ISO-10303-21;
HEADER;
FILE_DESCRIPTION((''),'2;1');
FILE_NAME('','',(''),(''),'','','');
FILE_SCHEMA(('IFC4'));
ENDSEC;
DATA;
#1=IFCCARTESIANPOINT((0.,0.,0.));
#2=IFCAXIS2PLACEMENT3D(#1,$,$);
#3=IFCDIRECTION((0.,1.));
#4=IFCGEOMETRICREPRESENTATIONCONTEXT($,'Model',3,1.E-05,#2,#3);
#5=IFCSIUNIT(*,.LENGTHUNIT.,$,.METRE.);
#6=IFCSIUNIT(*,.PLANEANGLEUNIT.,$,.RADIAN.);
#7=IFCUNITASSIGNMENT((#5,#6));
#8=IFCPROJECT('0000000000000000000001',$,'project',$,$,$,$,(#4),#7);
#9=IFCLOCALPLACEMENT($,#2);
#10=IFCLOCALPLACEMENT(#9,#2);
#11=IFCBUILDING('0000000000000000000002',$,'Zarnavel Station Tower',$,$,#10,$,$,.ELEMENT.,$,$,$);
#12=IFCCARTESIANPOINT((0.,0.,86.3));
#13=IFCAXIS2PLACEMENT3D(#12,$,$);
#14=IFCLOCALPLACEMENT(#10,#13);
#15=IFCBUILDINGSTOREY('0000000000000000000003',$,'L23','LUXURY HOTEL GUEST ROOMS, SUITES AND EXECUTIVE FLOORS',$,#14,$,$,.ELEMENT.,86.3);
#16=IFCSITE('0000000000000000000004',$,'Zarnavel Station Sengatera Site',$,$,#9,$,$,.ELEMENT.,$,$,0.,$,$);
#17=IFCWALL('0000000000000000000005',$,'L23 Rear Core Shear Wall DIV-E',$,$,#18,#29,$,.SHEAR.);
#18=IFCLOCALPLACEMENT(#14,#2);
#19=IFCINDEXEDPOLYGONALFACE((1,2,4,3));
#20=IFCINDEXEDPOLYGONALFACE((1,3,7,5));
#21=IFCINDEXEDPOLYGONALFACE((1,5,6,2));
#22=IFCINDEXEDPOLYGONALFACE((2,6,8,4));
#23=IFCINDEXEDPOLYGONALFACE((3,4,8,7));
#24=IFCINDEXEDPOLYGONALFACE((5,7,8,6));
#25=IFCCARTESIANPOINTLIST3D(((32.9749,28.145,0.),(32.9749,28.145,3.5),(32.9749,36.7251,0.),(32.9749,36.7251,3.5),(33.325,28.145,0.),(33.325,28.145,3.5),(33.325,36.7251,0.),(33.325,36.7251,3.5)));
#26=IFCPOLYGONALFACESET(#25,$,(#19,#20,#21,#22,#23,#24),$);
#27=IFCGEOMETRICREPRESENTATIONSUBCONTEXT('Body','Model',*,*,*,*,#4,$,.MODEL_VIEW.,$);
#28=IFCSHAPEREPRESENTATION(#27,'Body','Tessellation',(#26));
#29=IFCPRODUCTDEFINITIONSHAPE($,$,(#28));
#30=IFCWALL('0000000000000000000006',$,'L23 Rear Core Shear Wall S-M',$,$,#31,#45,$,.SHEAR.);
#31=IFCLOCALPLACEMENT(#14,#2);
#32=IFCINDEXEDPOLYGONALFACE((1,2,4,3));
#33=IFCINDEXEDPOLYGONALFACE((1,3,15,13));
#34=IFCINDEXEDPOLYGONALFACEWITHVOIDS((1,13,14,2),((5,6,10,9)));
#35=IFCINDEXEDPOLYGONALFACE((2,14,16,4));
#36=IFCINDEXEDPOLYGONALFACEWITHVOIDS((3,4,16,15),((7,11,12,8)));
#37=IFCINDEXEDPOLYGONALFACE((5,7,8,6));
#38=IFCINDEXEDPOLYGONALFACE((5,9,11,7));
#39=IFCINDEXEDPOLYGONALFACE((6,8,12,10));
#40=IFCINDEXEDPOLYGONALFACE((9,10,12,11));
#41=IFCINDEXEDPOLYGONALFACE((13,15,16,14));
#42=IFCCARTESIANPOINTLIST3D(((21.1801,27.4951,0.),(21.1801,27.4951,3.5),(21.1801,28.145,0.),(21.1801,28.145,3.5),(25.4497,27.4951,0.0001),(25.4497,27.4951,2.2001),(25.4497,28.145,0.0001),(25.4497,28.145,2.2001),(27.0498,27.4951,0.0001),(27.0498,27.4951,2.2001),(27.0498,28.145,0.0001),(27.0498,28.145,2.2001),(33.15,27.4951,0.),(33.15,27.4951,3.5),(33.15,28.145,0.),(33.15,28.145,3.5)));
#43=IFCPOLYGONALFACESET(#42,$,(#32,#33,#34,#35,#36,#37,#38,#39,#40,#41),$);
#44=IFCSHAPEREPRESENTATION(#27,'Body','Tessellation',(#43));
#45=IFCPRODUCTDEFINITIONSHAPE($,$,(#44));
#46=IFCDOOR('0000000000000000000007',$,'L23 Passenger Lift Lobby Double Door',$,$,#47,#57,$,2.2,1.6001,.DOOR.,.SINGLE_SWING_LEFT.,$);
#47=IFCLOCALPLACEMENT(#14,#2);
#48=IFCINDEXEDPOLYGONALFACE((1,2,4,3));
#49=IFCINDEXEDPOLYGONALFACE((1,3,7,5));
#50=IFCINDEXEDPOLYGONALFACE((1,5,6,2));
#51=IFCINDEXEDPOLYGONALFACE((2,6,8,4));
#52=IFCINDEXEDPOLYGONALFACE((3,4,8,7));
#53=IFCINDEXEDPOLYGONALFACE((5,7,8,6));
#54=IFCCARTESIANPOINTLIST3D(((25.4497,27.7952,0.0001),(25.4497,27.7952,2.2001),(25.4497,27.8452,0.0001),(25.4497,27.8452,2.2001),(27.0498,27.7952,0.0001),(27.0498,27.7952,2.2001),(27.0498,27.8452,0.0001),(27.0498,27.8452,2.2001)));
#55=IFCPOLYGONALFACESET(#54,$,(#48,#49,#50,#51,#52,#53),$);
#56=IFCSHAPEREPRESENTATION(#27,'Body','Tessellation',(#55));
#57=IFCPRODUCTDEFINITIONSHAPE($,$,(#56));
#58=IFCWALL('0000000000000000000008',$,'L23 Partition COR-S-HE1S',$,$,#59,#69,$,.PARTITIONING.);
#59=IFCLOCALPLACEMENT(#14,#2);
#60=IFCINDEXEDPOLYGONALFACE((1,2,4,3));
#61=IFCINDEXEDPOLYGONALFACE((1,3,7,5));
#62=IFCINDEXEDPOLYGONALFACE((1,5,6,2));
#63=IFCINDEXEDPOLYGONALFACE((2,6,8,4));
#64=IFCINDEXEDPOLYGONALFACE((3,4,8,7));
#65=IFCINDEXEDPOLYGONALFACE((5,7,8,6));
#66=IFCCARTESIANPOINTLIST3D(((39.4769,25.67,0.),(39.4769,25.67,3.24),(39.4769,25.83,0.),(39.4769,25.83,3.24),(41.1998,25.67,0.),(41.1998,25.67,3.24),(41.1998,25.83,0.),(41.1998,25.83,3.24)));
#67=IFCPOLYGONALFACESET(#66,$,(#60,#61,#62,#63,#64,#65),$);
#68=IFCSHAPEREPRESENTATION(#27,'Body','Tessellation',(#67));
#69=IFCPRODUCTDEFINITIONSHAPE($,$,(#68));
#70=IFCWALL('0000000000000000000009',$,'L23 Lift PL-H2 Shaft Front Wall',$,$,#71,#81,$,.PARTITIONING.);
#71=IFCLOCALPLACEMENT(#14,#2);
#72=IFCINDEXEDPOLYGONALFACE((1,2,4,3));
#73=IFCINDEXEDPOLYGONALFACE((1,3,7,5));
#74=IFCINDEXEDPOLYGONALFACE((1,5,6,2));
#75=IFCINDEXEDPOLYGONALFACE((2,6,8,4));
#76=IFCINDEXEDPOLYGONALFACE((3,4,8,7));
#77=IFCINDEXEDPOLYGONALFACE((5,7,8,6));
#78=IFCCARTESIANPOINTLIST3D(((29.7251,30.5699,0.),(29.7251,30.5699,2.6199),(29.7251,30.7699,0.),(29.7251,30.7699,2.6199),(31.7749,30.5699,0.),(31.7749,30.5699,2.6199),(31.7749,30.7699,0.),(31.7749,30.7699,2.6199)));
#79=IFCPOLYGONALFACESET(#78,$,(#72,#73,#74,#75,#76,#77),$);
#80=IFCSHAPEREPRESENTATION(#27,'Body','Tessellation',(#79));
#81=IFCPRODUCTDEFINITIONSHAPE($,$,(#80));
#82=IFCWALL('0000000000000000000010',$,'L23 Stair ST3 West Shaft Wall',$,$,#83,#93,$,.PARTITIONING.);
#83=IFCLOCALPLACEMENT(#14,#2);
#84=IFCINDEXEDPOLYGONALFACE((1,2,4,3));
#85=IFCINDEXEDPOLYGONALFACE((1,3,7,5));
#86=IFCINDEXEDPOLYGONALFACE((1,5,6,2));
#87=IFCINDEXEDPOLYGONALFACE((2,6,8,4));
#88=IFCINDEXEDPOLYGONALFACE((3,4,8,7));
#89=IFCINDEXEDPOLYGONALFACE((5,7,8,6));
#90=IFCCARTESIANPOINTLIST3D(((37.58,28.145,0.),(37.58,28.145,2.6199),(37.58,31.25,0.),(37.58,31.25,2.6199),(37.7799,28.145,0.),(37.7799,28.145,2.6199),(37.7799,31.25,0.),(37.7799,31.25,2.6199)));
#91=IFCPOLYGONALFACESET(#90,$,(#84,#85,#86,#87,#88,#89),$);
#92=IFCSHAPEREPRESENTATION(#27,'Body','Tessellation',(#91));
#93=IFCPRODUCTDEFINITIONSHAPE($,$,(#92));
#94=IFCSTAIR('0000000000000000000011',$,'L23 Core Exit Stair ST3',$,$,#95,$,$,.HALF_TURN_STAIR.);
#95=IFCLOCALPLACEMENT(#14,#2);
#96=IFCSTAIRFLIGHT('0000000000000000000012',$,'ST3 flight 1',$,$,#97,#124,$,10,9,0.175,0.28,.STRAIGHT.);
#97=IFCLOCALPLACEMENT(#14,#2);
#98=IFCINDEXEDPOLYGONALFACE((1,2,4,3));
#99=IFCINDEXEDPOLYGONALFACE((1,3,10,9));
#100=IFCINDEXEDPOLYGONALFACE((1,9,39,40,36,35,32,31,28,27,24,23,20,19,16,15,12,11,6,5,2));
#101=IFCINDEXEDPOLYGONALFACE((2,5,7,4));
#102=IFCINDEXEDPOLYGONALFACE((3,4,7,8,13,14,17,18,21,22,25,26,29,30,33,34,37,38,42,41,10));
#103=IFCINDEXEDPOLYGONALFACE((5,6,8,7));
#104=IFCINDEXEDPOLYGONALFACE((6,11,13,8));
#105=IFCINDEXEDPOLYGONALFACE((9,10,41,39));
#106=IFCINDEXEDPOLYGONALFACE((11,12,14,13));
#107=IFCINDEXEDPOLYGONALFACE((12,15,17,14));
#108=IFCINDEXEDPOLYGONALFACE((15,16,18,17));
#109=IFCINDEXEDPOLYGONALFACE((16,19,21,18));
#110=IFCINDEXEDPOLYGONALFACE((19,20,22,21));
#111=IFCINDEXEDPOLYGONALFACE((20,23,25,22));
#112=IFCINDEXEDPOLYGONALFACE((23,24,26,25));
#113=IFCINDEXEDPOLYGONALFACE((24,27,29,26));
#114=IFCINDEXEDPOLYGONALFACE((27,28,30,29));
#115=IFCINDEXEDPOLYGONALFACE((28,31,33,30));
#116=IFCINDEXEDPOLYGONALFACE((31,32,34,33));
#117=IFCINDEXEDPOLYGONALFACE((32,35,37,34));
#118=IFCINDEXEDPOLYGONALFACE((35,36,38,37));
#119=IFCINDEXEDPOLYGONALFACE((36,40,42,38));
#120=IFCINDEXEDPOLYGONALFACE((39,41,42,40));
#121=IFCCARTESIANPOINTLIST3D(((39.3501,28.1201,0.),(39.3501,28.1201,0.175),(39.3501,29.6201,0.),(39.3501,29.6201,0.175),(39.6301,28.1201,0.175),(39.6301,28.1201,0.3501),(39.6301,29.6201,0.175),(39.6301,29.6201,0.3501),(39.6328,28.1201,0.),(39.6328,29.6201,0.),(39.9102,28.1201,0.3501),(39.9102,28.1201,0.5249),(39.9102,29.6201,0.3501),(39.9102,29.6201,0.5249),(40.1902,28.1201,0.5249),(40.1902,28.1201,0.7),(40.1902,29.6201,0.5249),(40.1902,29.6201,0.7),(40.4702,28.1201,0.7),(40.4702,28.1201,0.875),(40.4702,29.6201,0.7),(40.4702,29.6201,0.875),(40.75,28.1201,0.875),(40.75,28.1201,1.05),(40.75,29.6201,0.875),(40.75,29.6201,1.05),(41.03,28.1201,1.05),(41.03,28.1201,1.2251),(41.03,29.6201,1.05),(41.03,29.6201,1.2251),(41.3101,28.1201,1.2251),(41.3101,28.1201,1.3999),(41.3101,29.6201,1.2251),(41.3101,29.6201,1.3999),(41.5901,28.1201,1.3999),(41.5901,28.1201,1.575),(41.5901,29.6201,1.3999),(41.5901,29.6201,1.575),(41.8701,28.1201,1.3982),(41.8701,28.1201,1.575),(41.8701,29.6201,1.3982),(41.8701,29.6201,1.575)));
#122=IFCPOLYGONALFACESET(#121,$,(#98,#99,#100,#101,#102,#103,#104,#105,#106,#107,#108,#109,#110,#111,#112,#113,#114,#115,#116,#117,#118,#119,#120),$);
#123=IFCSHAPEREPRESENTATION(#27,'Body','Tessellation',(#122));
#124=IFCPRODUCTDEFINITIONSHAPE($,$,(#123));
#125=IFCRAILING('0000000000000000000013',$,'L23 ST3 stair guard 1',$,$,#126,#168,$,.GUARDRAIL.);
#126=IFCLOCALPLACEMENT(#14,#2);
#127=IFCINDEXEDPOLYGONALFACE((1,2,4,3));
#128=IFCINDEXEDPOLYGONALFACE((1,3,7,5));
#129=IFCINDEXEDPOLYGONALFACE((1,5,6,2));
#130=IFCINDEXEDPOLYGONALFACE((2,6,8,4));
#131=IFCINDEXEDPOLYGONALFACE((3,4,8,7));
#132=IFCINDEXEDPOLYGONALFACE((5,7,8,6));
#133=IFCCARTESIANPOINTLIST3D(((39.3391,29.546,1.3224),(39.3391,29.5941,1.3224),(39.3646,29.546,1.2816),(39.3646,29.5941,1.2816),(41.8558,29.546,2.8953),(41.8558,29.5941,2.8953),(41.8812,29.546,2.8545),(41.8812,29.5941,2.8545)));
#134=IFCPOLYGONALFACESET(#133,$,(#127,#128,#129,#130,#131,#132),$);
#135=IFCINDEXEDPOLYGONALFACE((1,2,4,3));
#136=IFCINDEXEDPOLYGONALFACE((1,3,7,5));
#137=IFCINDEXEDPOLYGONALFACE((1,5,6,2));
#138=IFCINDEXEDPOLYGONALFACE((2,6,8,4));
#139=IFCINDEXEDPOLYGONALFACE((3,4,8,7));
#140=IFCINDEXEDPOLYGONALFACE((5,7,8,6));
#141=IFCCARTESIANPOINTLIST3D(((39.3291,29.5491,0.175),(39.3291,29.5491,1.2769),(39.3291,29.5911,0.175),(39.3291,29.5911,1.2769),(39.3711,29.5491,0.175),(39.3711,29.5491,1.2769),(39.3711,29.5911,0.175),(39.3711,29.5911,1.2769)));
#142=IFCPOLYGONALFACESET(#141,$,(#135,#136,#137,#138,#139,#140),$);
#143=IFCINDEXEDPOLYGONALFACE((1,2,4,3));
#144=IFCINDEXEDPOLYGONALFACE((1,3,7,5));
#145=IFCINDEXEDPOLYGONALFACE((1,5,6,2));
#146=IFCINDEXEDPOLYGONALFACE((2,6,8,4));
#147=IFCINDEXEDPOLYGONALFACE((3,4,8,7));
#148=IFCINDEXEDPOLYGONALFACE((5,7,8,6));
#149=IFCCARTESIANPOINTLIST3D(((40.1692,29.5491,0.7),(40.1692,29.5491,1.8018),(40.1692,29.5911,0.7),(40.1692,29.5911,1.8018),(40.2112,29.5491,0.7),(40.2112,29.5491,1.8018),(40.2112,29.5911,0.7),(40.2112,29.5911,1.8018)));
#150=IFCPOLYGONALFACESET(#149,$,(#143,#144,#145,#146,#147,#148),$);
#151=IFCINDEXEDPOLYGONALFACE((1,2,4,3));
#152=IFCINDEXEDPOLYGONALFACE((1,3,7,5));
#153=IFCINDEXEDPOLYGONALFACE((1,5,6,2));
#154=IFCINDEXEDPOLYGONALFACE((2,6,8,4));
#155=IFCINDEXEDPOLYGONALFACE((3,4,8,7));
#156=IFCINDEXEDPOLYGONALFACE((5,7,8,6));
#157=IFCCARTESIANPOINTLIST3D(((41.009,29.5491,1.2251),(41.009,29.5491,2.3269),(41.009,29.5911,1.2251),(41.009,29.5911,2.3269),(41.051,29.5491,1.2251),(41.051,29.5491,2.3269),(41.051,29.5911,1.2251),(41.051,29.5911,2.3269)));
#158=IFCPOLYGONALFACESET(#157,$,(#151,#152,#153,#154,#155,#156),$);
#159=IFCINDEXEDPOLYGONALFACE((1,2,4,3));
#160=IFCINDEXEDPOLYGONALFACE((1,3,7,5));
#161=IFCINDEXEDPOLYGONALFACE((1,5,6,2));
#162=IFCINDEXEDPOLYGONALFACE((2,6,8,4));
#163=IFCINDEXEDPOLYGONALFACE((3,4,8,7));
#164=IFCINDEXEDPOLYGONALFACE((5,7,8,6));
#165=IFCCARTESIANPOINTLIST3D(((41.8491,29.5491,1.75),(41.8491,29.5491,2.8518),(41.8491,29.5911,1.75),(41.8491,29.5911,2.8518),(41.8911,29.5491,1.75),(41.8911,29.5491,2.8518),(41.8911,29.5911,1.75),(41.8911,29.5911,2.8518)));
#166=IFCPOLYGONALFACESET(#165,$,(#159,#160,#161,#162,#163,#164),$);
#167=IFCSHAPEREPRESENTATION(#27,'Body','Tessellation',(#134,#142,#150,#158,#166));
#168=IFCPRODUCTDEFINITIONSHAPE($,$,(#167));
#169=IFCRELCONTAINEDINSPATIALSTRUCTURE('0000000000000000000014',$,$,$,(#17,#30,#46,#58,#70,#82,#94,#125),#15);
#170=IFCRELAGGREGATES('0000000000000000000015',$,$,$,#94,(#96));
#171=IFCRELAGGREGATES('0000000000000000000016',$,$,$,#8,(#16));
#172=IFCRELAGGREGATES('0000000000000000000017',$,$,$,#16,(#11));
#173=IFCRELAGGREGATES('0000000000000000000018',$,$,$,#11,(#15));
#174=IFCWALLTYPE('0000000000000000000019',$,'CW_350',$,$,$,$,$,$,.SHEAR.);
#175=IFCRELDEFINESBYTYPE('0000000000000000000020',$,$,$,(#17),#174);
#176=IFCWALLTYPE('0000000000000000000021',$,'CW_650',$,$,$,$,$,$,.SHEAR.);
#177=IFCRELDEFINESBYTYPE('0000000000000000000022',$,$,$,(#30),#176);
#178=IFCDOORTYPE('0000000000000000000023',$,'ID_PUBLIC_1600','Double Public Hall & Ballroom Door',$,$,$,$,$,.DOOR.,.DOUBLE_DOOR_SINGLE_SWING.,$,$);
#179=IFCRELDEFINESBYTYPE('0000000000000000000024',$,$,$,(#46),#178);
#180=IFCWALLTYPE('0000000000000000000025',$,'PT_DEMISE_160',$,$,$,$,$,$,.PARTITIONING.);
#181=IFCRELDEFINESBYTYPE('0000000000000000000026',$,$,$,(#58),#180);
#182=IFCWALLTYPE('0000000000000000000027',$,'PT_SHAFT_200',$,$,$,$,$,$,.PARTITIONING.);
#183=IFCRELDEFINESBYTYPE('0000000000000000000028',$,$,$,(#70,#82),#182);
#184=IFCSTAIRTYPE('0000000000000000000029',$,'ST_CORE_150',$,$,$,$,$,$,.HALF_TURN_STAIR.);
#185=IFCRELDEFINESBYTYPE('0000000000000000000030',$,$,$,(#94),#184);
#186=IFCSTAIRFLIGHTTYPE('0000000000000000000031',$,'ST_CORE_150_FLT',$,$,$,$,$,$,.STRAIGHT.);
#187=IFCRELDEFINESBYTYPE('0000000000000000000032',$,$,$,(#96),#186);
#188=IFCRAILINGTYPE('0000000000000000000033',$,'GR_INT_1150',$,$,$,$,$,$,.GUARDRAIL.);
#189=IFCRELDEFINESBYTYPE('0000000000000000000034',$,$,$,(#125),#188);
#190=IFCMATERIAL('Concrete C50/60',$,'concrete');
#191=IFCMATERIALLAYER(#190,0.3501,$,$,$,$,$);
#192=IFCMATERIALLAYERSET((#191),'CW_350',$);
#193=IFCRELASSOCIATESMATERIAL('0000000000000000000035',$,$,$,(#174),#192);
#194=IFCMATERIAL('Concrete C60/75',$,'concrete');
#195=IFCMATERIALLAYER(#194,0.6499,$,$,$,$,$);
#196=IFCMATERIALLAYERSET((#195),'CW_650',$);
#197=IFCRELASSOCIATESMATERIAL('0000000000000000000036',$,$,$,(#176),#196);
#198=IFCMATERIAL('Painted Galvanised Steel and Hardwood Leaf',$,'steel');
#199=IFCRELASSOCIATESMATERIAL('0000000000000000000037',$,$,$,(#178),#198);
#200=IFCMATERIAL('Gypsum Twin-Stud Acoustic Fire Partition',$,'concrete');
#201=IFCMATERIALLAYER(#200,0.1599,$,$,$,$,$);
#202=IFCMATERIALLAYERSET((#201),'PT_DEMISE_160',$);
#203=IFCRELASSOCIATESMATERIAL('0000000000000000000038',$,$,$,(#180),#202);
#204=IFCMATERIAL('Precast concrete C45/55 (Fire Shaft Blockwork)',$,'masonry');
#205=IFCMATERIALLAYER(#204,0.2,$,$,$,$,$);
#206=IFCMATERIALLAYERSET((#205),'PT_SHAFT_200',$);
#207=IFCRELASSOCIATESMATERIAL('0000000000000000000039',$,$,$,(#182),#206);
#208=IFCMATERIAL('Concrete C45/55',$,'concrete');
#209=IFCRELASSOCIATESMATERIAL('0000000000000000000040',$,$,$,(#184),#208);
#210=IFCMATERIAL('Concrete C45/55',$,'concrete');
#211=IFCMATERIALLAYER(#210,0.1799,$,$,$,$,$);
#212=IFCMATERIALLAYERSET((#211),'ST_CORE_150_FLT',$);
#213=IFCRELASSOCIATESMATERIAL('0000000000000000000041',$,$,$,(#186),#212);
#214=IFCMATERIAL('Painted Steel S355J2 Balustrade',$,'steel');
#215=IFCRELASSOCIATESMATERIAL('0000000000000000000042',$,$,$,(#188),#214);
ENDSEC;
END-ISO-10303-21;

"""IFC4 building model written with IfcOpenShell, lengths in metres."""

from ifc_helpers import new_model, si_unit, direction, frame, frame_2d, origin, origin_2d, place, context, subcontext, project, spatial, polyline, rectangle, outline, extrude, material, layer, layer_set, type_object, element, fill, aggregate, save


model = new_model("IFC4")

# Units and contexts
model_context = context("Model", 3, precision=1e-05, world=origin(), true_north=direction((0.0, 1.0)))
body_context = subcontext(model_context, "Body", "Model", "MODEL_VIEW")
ifc_project = project(units=[si_unit("LENGTHUNIT", "METRE"), si_unit("PLANEANGLEUNIT", "RADIAN")], contexts=[model_context])

# Site, building, storey
site_placement = place(None, origin())
site = spatial("IfcSite", under=ifc_project, at=site_placement, Name="Zarnavel Station Sengatera Site", CompositionType="ELEMENT", RefElevation=0.0)
building_placement = place(site_placement, origin())
building = spatial("IfcBuilding", under=site, at=building_placement, Name="Zarnavel Station Tower", CompositionType="ELEMENT")
storey_placement = place(building_placement, frame((0.0, 0.0, 86.3)))
storey = spatial("IfcBuildingStorey", under=building, at=storey_placement, Name="L23", Description="LUXURY HOTEL GUEST ROOMS, SUITES AND EXECUTIVE FLOORS", CompositionType="ELEMENT", Elevation=86.3)

# Wall
ifc_material_1 = material(Name="Concrete C50/60", Category="concrete")
ifc_layer_1 = layer(ifc_material_1, 0.3501)
ifc_layer_set_1 = layer_set([ifc_layer_1], Name="CW_350")
wall_type_1 = type_object("IfcWallType", Name="CW_350", PredefinedType="SHEAR", material=ifc_layer_set_1)
wall_1_placement = place(storey_placement, frame((33.1499, 28.145, 0.0), z_axis=(0.0, 0.0, 1.0), x_axis=(0.0, 1.0, 0.0)))
element("IfcWall", 1, at=wall_1_placement, inside=storey, type_object=wall_type_1, Name="L23 Rear Core Shear Wall DIV-E", PredefinedType="SHEAR", context=body_context, shape_type="SweptSolid", body=[
    extrude(rectangle(XDim=8.5801, YDim=0.3501, at=frame_2d((4.29, 0.0))), origin(), (0.0, 0.0, 1.0), 3.5),
])

# Wall, opening, door
ifc_material_2 = material(Name="Concrete C60/75", Category="concrete")
ifc_layer_2 = layer(ifc_material_2, 0.6499)
ifc_layer_set_2 = layer_set([ifc_layer_2], Name="CW_650")
wall_type_2 = type_object("IfcWallType", Name="CW_650", PredefinedType="SHEAR", material=ifc_layer_set_2)
wall_2_placement = place(storey_placement, frame((33.1499, 27.8201, 0.0), z_axis=(0.0, 0.0, 1.0), x_axis=(-1.0, 0.0, 0.0)))
wall_2 = element("IfcWall", 2, at=wall_2_placement, inside=storey, type_object=wall_type_2, Name="L23 Rear Core Shear Wall S-M", PredefinedType="SHEAR", context=body_context, shape_type="SweptSolid", body=[
    extrude(rectangle(XDim=11.97, YDim=0.6499, at=frame_2d((5.9849, 0.0))), origin(), (0.0, 0.0, 1.0), 3.5),
])
opening_1_placement = place(wall_2_placement, frame((6.1001, 0.0, 0.0)))
opening_1 = element("IfcOpeningElement", 3, at=opening_1_placement, cuts=wall_2, PredefinedType="OPENING", context=body_context, shape_type="SweptSolid", body=[
    extrude(rectangle(XDim=1.6001, YDim=2.2, at=frame_2d((0.8, 1.1001))), frame((0.0, 0.335, 0.0), z_axis=(0.0, -1.0, 0.0), x_axis=(1.0, 0.0, 0.0)), (0.0, 0.0, 1.0), 0.6699),
])
ifc_material_3 = material(Name="Painted Galvanised Steel and Hardwood Leaf", Category="steel")
door_type_1 = type_object("IfcDoorType", Name="ID_PUBLIC_1600", Description="Double Public Hall & Ballroom Door", OperationType="DOUBLE_DOOR_SINGLE_SWING", PredefinedType="DOOR", material=ifc_material_3)
door_1_placement = place(opening_1_placement, origin())
door_1 = element("IfcDoor", 4, at=door_1_placement, inside=storey, type_object=door_type_1, Name="L23 Passenger Lift Lobby Double Door", OperationType="SINGLE_SWING_LEFT", OverallHeight=2.2, OverallWidth=1.6001, PredefinedType="DOOR", context=body_context, shape_type="SweptSolid", body=[
    extrude(rectangle(XDim=1.6001, YDim=2.2, at=frame_2d((0.8, 1.1001))), frame((0.0, 0.0249, 0.0), z_axis=(0.0, -1.0, 0.0), x_axis=(1.0, 0.0, 0.0)), (0.0, 0.0, 1.0), 0.05),
])
fill(opening_1, door_1)
ifc_material_4 = material(Name="Gypsum Twin-Stud Acoustic Fire Partition", Category="concrete")
ifc_layer_3 = layer(ifc_material_4, 0.1599)
ifc_layer_set_3 = layer_set([ifc_layer_3], Name="PT_DEMISE_160")
wall_type_3 = type_object("IfcWallType", Name="PT_DEMISE_160", PredefinedType="PARTITIONING", material=ifc_layer_set_3)

# Walls
wall_3_placement = place(storey_placement, frame((39.4771, 25.75, 0.0), z_axis=(0.0, 0.0, 1.0), x_axis=(1.0, 0.0, 0.0)))
element("IfcWall", 5, at=wall_3_placement, inside=storey, type_object=wall_type_3, Name="L23 Partition COR-S-HE1S", PredefinedType="PARTITIONING", context=body_context, shape_type="SweptSolid", body=[
    extrude(rectangle(XDim=1.7229, YDim=0.1599, at=frame_2d((0.8613, 0.0))), origin(), (0.0, 0.0, 1.0), 3.24),
])
ifc_material_5 = material(Name="Precast concrete C45/55 (Fire Shaft Blockwork)", Category="masonry")
ifc_layer_4 = layer(ifc_material_5, 0.2)
ifc_layer_set_4 = layer_set([ifc_layer_4], Name="PT_SHAFT_200")
wall_type_4 = type_object("IfcWallType", Name="PT_SHAFT_200", PredefinedType="PARTITIONING", material=ifc_layer_set_4)
wall_4_placement = place(storey_placement, frame((29.7251, 30.6699, 0.0), z_axis=(0.0, 0.0, 1.0), x_axis=(1.0, 0.0, 0.0)))
element("IfcWall", 6, at=wall_4_placement, inside=storey, type_object=wall_type_4, Name="L23 Lift PL-H2 Shaft Front Wall", PredefinedType="PARTITIONING", context=body_context, shape_type="SweptSolid", body=[
    extrude(rectangle(XDim=2.0498, YDim=0.2, at=frame_2d((1.0249, 0.0))), origin(), (0.0, 0.0, 1.0), 2.6199),
])
wall_5_placement = place(storey_placement, frame((37.6799, 28.145, 0.0), z_axis=(0.0, 0.0, 1.0), x_axis=(0.0, 1.0, 0.0)))
element("IfcWall", 7, at=wall_5_placement, inside=storey, type_object=wall_type_4, Name="L23 Stair ST3 West Shaft Wall", PredefinedType="PARTITIONING", context=body_context, shape_type="SweptSolid", body=[
    extrude(rectangle(XDim=3.105, YDim=0.2, at=frame_2d((1.5525, 0.0))), origin(), (0.0, 0.0, 1.0), 2.6199),
])

# Stair, stair flight
ifc_material_6 = material(Name="Concrete C45/55", Category="concrete")
stair_type = type_object("IfcStairType", Name="ST_CORE_150", PredefinedType="HALF_TURN_STAIR", material=ifc_material_6)
stair_placement = place(storey_placement, origin())
stair = element("IfcStair", 8, at=stair_placement, inside=storey, type_object=stair_type, Name="L23 Core Exit Stair ST3", PredefinedType="HALF_TURN_STAIR")
ifc_material_7 = material(Name="Concrete C45/55", Category="concrete")
ifc_layer_5 = layer(ifc_material_7, 0.1799)
ifc_layer_set_5 = layer_set([ifc_layer_5], Name="ST_CORE_150_FLT")
stair_flight_type = type_object("IfcStairFlightType", Name="ST_CORE_150_FLT", PredefinedType="STRAIGHT", material=ifc_layer_set_5)
stair_flight_placement = place(storey_placement, frame((39.3501, 28.8701, 0.0), z_axis=(0.0, 0.0, 1.0), x_axis=(1.0, 0.0, 0.0)))
stair_flight = element("IfcStairFlight", 9, at=stair_flight_placement, type_object=stair_flight_type, Name="ST3 flight 1", NumberOfRisers=10, NumberOfTreads=9, PredefinedType="STRAIGHT", RiserHeight=0.175, TreadLength=0.28, context=body_context, shape_type="SweptSolid", body=[
    extrude(outline(polyline([(0.0, 0.0), (0.0, 0.175), (0.28, 0.175), (0.28, 0.3501), (0.5601, 0.3501), (0.5601, 0.5249), (0.8401, 0.5249), (0.8401, 0.7), (1.1201, 0.7), (1.1201, 0.875), (1.3999, 0.875), (1.3999, 1.05), (1.6799, 1.05), (1.6799, 1.2251), (1.96, 1.2251), (1.96, 1.3999), (2.24, 1.3999), (2.24, 1.575), (2.52, 1.575), (2.52, 1.75), (2.52, 1.3982), (0.2827, 0.0), (0.0, 0.0)])), frame((0.0, 0.75, 0.0), z_axis=(0.0, -1.0, 0.0), x_axis=(1.0, 0.0, 0.0)), (0.0, 0.0, 1.0), 1.5),
])
aggregate(stair, [stair_flight])

# Railing
ifc_material_8 = material(Name="Painted Steel S355J2 Balustrade", Category="steel")
railing_type_1 = type_object("IfcRailingType", Name="GR_INT_1150", PredefinedType="GUARDRAIL", material=ifc_material_8)
railing_1_placement = place(storey_placement, frame((39.3501, 29.5701, 0.175)))
element("IfcRailing", 10, at=railing_1_placement, inside=storey, type_object=railing_type_1, Name="L23 ST3 stair guard 1", PredefinedType="GUARDRAIL", context=body_context, shape_type="SweptSolid", body=[
    extrude(rectangle(XDim=0.0481, YDim=0.0481, at=origin_2d()), frame((0.0017, 0.0, 1.127), z_axis=(0.848008, 0.0, 0.529984), x_axis=(0.0, 1.0, 0.0)), (0.0, 0.0, 1.0), 2.9678),
    extrude(rectangle(XDim=0.042, YDim=0.042, at=origin_2d()), origin(), (0.0, 0.0, 1.0), 1.1018),
    extrude(rectangle(XDim=0.042, YDim=0.042, at=origin_2d()), frame((0.8401, 0.0, 0.5249)), (0.0, 0.0, 1.0), 1.1018),
    extrude(rectangle(XDim=0.042, YDim=0.042, at=origin_2d()), frame((1.6799, 0.0, 1.05)), (0.0, 0.0, 1.0), 1.1018),
    extrude(rectangle(XDim=0.042, YDim=0.042, at=origin_2d()), frame((2.52, 0.0, 1.575)), (0.0, 0.0, 1.0), 1.1018),
])

save(model, "model.ifc")
